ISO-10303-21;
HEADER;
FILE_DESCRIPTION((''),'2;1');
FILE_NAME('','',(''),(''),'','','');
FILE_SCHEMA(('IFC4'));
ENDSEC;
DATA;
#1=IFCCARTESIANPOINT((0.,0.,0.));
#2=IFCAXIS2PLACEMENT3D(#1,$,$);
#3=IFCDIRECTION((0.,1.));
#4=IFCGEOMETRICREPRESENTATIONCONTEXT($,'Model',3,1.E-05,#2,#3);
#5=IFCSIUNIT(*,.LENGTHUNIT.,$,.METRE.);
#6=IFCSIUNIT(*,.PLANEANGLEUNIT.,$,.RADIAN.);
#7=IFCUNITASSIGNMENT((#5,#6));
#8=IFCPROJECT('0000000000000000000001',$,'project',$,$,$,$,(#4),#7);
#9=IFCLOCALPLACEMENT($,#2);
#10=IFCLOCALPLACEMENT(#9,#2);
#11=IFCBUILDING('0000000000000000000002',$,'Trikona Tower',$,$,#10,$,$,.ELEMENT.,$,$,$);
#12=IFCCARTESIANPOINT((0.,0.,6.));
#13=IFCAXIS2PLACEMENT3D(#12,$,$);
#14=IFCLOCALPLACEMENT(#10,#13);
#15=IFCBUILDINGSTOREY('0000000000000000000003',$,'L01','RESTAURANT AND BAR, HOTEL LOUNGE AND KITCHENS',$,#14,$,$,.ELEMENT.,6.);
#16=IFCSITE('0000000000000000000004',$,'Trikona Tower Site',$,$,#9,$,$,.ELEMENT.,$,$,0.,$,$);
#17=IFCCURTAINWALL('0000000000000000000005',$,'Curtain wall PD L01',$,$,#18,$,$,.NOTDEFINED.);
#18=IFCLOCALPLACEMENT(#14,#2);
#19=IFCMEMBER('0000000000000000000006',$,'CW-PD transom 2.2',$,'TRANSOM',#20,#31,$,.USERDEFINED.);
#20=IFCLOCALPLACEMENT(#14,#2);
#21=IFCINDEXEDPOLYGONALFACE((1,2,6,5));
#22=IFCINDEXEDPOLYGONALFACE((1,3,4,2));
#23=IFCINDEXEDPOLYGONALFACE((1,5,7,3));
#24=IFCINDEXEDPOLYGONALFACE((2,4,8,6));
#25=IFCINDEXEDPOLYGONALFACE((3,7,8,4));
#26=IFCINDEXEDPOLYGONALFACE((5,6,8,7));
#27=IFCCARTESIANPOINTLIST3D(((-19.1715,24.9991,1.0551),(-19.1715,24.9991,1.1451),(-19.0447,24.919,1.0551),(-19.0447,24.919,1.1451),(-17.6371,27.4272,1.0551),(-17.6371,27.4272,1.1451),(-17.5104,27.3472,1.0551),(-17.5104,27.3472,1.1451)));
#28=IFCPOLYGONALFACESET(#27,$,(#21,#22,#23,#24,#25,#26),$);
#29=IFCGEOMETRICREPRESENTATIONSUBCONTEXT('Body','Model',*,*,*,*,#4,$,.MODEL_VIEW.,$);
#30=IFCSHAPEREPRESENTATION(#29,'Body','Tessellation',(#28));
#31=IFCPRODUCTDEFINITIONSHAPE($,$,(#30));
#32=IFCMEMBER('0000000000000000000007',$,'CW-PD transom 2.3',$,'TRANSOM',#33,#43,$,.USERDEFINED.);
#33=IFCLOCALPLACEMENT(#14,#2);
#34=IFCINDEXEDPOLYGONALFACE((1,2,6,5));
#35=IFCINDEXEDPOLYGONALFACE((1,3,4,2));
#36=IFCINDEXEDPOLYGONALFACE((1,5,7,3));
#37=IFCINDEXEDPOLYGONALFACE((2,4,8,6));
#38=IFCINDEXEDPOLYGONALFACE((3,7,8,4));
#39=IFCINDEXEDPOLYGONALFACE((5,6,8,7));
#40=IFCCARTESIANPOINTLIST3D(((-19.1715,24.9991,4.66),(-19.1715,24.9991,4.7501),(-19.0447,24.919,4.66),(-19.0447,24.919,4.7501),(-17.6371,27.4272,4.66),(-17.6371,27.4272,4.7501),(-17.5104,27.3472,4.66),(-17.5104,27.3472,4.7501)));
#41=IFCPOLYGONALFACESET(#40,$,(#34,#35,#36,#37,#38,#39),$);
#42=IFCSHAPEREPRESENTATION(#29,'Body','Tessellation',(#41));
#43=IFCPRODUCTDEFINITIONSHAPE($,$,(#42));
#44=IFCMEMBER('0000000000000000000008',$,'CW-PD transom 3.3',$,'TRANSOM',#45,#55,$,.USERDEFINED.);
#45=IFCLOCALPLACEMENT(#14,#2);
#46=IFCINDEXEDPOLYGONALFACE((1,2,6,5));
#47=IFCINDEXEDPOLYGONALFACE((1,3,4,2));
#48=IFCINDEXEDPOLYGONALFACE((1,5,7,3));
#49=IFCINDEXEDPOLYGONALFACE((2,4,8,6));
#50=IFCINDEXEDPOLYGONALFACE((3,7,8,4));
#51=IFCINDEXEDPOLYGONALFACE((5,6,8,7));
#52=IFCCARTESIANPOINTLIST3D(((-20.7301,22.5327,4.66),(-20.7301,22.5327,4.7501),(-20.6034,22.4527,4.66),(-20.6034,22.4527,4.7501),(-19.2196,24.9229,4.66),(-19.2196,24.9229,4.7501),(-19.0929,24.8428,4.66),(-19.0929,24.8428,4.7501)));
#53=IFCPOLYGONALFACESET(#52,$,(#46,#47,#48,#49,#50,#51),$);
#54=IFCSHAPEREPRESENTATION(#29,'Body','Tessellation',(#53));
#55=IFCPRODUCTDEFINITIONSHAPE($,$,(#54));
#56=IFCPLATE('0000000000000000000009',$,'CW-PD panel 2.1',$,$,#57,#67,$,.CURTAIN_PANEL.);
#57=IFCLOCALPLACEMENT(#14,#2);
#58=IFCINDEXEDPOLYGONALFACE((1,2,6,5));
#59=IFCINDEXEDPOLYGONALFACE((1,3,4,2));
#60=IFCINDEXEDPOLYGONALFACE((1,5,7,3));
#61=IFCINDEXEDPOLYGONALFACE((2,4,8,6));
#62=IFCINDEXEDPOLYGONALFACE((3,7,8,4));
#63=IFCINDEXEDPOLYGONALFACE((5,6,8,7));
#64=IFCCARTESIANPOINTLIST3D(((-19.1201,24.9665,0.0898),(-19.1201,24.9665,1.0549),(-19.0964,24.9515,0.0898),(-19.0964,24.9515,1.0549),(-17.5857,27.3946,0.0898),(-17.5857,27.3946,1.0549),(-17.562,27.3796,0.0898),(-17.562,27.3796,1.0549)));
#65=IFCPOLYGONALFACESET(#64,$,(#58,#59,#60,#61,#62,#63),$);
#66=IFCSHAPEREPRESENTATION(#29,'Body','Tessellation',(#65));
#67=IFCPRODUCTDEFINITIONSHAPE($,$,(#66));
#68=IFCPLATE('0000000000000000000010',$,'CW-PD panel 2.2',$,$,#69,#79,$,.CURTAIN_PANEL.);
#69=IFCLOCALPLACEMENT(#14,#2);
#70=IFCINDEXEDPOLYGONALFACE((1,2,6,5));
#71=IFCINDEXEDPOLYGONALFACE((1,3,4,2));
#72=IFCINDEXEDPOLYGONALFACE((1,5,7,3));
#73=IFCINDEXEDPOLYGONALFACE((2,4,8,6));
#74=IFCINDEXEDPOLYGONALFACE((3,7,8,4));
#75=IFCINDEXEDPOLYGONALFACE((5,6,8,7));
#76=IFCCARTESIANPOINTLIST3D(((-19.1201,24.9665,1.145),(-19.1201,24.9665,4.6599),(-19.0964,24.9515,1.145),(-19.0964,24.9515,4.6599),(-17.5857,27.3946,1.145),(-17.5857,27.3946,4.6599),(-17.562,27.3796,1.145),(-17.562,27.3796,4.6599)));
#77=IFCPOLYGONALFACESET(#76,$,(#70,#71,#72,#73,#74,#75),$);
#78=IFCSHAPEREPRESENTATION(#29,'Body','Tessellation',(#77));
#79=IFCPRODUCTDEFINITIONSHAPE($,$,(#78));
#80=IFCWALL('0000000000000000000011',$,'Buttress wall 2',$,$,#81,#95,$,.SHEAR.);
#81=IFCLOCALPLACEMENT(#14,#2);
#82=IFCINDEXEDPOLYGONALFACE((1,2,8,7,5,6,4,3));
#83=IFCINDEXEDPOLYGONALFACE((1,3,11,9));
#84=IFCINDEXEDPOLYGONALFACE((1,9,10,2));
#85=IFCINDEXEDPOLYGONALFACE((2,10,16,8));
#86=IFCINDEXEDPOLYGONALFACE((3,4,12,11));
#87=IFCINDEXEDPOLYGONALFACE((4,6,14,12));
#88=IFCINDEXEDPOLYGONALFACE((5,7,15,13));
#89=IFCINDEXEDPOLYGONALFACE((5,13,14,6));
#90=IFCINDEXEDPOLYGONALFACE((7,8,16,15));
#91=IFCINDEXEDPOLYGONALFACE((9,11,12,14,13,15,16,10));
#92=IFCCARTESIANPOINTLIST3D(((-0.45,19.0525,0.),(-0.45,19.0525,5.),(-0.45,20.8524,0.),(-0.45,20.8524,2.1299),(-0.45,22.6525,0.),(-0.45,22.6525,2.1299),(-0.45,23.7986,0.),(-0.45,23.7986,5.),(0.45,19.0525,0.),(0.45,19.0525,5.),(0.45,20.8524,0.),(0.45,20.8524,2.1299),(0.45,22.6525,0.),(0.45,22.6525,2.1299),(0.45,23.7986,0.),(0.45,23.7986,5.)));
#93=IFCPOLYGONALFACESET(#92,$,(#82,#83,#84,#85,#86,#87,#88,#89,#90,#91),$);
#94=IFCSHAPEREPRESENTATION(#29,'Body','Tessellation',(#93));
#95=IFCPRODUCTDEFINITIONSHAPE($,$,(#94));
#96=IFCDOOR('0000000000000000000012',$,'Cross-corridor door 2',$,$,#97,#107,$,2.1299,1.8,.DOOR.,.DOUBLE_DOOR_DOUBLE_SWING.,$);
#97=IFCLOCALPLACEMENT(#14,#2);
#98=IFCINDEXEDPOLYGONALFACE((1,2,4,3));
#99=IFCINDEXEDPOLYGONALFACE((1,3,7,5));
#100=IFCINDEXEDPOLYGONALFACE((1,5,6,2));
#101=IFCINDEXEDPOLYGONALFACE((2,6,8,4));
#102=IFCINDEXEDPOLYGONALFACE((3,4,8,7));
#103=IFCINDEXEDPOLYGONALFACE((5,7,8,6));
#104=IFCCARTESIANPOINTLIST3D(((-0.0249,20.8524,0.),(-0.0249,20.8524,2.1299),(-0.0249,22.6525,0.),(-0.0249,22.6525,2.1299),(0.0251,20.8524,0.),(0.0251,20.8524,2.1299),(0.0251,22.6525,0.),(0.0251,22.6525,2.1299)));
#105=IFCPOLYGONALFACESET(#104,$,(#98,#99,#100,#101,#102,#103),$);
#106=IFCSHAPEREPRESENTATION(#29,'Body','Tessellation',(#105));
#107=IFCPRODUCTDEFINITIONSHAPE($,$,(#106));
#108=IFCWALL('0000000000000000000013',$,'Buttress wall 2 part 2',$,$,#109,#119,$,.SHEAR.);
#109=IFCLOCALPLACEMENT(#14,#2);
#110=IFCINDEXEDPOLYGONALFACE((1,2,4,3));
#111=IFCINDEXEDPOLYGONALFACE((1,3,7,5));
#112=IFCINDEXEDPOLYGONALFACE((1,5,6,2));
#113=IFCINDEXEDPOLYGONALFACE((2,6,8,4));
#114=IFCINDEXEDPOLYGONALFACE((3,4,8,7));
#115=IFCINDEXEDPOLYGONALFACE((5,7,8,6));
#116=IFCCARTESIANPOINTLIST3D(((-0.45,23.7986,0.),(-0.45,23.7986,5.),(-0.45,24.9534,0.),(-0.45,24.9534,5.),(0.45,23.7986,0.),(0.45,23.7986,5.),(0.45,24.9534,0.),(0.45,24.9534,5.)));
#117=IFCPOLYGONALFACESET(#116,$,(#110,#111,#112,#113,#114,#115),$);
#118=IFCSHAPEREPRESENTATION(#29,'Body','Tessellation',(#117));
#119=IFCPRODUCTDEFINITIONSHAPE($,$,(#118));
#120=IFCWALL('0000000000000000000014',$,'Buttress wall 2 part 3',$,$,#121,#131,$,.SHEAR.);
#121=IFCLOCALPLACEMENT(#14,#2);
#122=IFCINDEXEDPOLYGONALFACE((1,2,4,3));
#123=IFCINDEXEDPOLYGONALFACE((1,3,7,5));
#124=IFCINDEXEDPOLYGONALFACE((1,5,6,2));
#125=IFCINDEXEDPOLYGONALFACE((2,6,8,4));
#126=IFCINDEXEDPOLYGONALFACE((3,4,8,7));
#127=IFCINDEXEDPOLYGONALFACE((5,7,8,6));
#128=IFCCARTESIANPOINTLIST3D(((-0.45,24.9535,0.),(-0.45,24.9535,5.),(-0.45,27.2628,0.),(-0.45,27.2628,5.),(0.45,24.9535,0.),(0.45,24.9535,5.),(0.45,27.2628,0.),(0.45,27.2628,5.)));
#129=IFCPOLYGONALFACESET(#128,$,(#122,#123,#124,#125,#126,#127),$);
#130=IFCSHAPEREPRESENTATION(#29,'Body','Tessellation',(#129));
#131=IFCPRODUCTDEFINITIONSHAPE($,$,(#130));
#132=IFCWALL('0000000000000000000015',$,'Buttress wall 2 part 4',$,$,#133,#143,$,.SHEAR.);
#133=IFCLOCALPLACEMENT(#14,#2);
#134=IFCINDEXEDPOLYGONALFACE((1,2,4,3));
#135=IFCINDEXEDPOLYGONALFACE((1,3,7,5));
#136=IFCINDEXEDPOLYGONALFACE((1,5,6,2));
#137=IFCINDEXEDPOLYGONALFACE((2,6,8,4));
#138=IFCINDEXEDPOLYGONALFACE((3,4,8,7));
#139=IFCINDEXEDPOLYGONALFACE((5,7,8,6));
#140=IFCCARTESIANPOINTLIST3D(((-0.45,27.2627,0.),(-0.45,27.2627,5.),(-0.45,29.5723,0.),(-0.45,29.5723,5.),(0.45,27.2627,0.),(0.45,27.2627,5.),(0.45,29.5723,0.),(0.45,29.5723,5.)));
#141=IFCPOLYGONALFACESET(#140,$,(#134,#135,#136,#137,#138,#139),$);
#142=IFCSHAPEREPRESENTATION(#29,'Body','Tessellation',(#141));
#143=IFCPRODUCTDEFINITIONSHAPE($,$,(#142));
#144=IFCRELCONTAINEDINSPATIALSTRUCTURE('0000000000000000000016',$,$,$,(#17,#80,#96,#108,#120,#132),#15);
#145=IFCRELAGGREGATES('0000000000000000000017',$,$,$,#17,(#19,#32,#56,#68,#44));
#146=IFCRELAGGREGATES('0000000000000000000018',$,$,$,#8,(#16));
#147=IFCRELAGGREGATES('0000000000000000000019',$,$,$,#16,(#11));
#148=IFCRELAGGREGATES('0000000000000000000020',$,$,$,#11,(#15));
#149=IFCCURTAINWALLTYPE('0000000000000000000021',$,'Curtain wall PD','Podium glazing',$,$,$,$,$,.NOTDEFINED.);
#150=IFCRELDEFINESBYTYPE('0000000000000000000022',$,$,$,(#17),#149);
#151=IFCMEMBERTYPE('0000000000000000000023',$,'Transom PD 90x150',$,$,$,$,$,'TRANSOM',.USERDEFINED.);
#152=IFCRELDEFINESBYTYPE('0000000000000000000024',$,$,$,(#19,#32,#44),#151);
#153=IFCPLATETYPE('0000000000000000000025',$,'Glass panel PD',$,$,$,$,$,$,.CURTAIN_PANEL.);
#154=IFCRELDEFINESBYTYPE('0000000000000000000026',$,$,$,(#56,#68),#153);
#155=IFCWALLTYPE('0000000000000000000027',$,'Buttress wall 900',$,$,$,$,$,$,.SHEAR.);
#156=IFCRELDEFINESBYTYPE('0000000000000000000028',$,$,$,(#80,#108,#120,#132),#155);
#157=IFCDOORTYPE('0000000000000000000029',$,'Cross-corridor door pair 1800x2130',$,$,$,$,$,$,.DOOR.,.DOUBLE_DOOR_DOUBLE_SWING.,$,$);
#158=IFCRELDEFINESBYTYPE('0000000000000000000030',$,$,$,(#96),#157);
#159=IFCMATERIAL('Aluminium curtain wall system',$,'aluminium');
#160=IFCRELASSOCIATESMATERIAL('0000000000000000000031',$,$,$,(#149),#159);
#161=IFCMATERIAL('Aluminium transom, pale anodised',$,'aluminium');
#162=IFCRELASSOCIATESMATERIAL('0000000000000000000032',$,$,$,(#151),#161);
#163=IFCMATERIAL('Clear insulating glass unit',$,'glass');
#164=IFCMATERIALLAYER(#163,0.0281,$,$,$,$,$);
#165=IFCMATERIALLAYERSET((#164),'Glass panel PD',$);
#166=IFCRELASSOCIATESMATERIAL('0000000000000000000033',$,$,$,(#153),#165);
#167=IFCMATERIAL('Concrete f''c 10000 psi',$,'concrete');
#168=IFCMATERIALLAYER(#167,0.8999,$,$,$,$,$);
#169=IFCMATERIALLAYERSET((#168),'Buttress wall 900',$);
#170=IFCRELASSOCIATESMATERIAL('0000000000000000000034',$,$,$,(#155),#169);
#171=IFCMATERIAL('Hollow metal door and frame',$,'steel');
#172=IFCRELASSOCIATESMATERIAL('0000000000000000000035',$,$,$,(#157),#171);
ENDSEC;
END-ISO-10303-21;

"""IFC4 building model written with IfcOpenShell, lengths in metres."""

from ifc_helpers import new_model, si_unit, direction, frame, frame_2d, origin, origin_2d, place, context, subcontext, project, spatial, rectangle, extrude, material, layer, layer_set, material_profile, profile_set, type_object, element, fill, aggregate, save


model = new_model("IFC4")

# Units and contexts
model_context = context("Model", 3, precision=1e-05, world=origin(), true_north=direction((0.0, 1.0)))
body_context = subcontext(model_context, "Body", "Model", "MODEL_VIEW")
ifc_project = project(units=[si_unit("LENGTHUNIT", "METRE"), si_unit("PLANEANGLEUNIT", "RADIAN")], contexts=[model_context])

# Site, building, storey
site_placement = place(None, origin())
site = spatial("IfcSite", under=ifc_project, at=site_placement, Name="Trikona Tower Site", CompositionType="ELEMENT", RefElevation=0.0)
building_placement = place(site_placement, origin())
building = spatial("IfcBuilding", under=site, at=building_placement, Name="Trikona Tower", CompositionType="ELEMENT")
storey_placement = place(building_placement, frame((0.0, 0.0, 6.0)))
storey = spatial("IfcBuildingStorey", under=building, at=storey_placement, Name="L01", Description="RESTAURANT AND BAR, HOTEL LOUNGE AND KITCHENS", CompositionType="ELEMENT", Elevation=6.0)

# Curtain wall
ifc_material_1 = material(Name="Aluminium curtain wall system", Category="aluminium")
curtain_wall_type = type_object("IfcCurtainWallType", Name="Curtain wall PD", Description="Podium glazing", PredefinedType="NOTDEFINED", material=ifc_material_1)
curtain_wall_placement = place(storey_placement, origin())
curtain_wall = element("IfcCurtainWall", 1, at=curtain_wall_placement, inside=storey, type_object=curtain_wall_type, Name="Curtain wall PD L01", PredefinedType="NOTDEFINED")

# Members
ifc_material_2 = material(Name="Aluminium transom, pale anodised", Category="aluminium")
ifc_material_profile_1 = material_profile(ifc_material_2, rectangle(XDim=0.1499, YDim=0.0901, at=origin_2d()), Name="TRN-PD")
ifc_profile_set_1 = profile_set([ifc_material_profile_1], Name="Aluminium transom, pale anodised")
member_type_1 = type_object("IfcMemberType", Name="Transom PD 90x150", ElementType="TRANSOM", PredefinedType="USERDEFINED", material=ifc_profile_set_1)
member_1_placement = place(storey_placement, frame((-17.5737, 27.3872, 1.1001), z_axis=(-0.534194, -0.845362, 0.0), x_axis=(0.845362, -0.534194, 0.0)))
member_1 = element("IfcMember", 2, at=member_1_placement, type_object=member_type_1, Name="CW-PD transom 2.2", ObjectType="TRANSOM", PredefinedType="USERDEFINED", context=body_context, shape_type="SweptSolid", body=[
    extrude(rectangle(XDim=0.1499, YDim=0.0901, at=origin_2d()), origin(), (0.0, 0.0, 1.0), 2.8723),
])
member_2_placement = place(storey_placement, frame((-17.5737, 27.3872, 4.7051), z_axis=(-0.534194, -0.845362, 0.0), x_axis=(0.845362, -0.534194, 0.0)))
member_2 = element("IfcMember", 3, at=member_2_placement, type_object=member_type_1, Name="CW-PD transom 2.3", ObjectType="TRANSOM", PredefinedType="USERDEFINED", context=body_context, shape_type="SweptSolid", body=[
    extrude(rectangle(XDim=0.1499, YDim=0.0901, at=origin_2d()), origin(), (0.0, 0.0, 1.0), 2.8723),
])
member_3_placement = place(storey_placement, frame((-19.1562, 24.8828, 4.7051), z_axis=(-0.53423, -0.845339, 0.0), x_axis=(0.845339, -0.53423, 0.0)))
member_3 = element("IfcMember", 4, at=member_3_placement, type_object=member_type_1, Name="CW-PD transom 3.3", ObjectType="TRANSOM", PredefinedType="USERDEFINED", context=body_context, shape_type="SweptSolid", body=[
    extrude(rectangle(XDim=0.1499, YDim=0.0901, at=origin_2d()), origin(), (0.0, 0.0, 1.0), 2.8274),
])

# Plates
ifc_material_3 = material(Name="Clear insulating glass unit", Category="glass")
ifc_layer_1 = layer(ifc_material_3, 0.0281)
ifc_layer_set_1 = layer_set([ifc_layer_1], Name="Glass panel PD")
plate_type = type_object("IfcPlateType", Name="Glass panel PD", PredefinedType="CURTAIN_PANEL", material=ifc_layer_set_1)
plate_1_placement = place(storey_placement, frame((-18.3411, 26.1731, 0.0898), z_axis=(0.0, 0.0, 1.0), x_axis=(-0.534216, -0.845348, 0.0)))
plate_1 = element("IfcPlate", 5, at=plate_1_placement, type_object=plate_type, Name="CW-PD panel 2.1", PredefinedType="CURTAIN_PANEL", context=body_context, shape_type="SweptSolid", body=[
    extrude(rectangle(XDim=2.8723, YDim=0.0281, at=origin_2d()), origin(), (0.0, 0.0, 1.0), 0.9651),
])
plate_2_placement = place(storey_placement, frame((-18.3411, 26.1731, 1.145), z_axis=(0.0, 0.0, 1.0), x_axis=(-0.534216, -0.845348, 0.0)))
plate_2 = element("IfcPlate", 6, at=plate_2_placement, type_object=plate_type, Name="CW-PD panel 2.2", PredefinedType="CURTAIN_PANEL", context=body_context, shape_type="SweptSolid", body=[
    extrude(rectangle(XDim=2.8723, YDim=0.0281, at=origin_2d()), origin(), (0.0, 0.0, 1.0), 3.5149),
])
aggregate(curtain_wall, [member_1, member_2, plate_1, plate_2, member_3])

# Wall, opening, door
ifc_material_4 = material(Name="Concrete f'c 10000 psi", Category="concrete")
ifc_layer_2 = layer(ifc_material_4, 0.8999)
ifc_layer_set_2 = layer_set([ifc_layer_2], Name="Buttress wall 900")
wall_type_1 = type_object("IfcWallType", Name="Buttress wall 900", PredefinedType="SHEAR", material=ifc_layer_set_2)
wall_1_placement = place(storey_placement, frame((0.0, 19.0525, 0.0), z_axis=(0.0, 0.0, 1.0), x_axis=(0.0, 1.0, 0.0)))
wall_1 = element("IfcWall", 7, at=wall_1_placement, inside=storey, type_object=wall_type_1, Name="Buttress wall 2", PredefinedType="SHEAR", context=body_context, shape_type="SweptSolid", body=[
    extrude(rectangle(XDim=4.7461, YDim=0.8999, at=frame_2d((2.373, 0.0))), origin(), (0.0, 0.0, 1.0), 5.0),
])
opening_1_placement = place(wall_1_placement, frame((1.8, 0.0, 0.0)))
opening_1 = element("IfcOpeningElement", 8, at=opening_1_placement, cuts=wall_1, PredefinedType="OPENING", context=body_context, shape_type="SweptSolid", body=[
    extrude(rectangle(XDim=1.8, YDim=2.1299, at=frame_2d((0.8999, 1.0649))), frame((0.0, 0.46, 0.0), z_axis=(0.0, -1.0, 0.0), x_axis=(1.0, 0.0, 0.0)), (0.0, 0.0, 1.0), 0.9199),
])
ifc_material_5 = material(Name="Hollow metal door and frame", Category="steel")
door_type_1 = type_object("IfcDoorType", Name="Cross-corridor door pair 1800x2130", OperationType="DOUBLE_DOOR_DOUBLE_SWING", PredefinedType="DOOR", material=ifc_material_5)
door_1_placement = place(opening_1_placement, origin())
door_1 = element("IfcDoor", 9, at=door_1_placement, inside=storey, type_object=door_type_1, Name="Cross-corridor door 2", OperationType="DOUBLE_DOOR_DOUBLE_SWING", OverallHeight=2.1299, OverallWidth=1.8, PredefinedType="DOOR", context=body_context, shape_type="SweptSolid", body=[
    extrude(rectangle(XDim=1.8, YDim=2.1299, at=frame_2d((0.8999, 1.0649))), frame((0.0, 0.0249, 0.0), z_axis=(0.0, -1.0, 0.0), x_axis=(1.0, 0.0, 0.0)), (0.0, 0.0, 1.0), 0.05),
])
fill(opening_1, door_1)

# Walls
wall_2_placement = place(storey_placement, frame((0.0, 23.7986, 0.0), z_axis=(0.0, 0.0, 1.0), x_axis=(0.0, 1.0, 0.0)))
element("IfcWall", 10, at=wall_2_placement, inside=storey, type_object=wall_type_1, Name="Buttress wall 2 part 2", PredefinedType="SHEAR", context=body_context, shape_type="SweptSolid", body=[
    extrude(rectangle(XDim=1.1548, YDim=0.8999, at=frame_2d((0.5774, 0.0))), origin(), (0.0, 0.0, 1.0), 5.0),
])
wall_3_placement = place(storey_placement, frame((0.0, 24.9534, 0.0), z_axis=(0.0, 0.0, 1.0), x_axis=(0.0, 1.0, 0.0)))
element("IfcWall", 11, at=wall_3_placement, inside=storey, type_object=wall_type_1, Name="Buttress wall 2 part 3", PredefinedType="SHEAR", context=body_context, shape_type="SweptSolid", body=[
    extrude(rectangle(XDim=2.3093, YDim=0.8999, at=frame_2d((1.1548, 0.0))), origin(), (0.0, 0.0, 1.0), 5.0),
])
wall_4_placement = place(storey_placement, frame((0.0, 27.2627, 0.0), z_axis=(0.0, 0.0, 1.0), x_axis=(0.0, 1.0, 0.0)))
element("IfcWall", 12, at=wall_4_placement, inside=storey, type_object=wall_type_1, Name="Buttress wall 2 part 4", PredefinedType="SHEAR", context=body_context, shape_type="SweptSolid", body=[
    extrude(rectangle(XDim=2.3096, YDim=0.8999, at=frame_2d((1.1548, 0.0))), origin(), (0.0, 0.0, 1.0), 5.0),
])

save(model, "model.ifc")
